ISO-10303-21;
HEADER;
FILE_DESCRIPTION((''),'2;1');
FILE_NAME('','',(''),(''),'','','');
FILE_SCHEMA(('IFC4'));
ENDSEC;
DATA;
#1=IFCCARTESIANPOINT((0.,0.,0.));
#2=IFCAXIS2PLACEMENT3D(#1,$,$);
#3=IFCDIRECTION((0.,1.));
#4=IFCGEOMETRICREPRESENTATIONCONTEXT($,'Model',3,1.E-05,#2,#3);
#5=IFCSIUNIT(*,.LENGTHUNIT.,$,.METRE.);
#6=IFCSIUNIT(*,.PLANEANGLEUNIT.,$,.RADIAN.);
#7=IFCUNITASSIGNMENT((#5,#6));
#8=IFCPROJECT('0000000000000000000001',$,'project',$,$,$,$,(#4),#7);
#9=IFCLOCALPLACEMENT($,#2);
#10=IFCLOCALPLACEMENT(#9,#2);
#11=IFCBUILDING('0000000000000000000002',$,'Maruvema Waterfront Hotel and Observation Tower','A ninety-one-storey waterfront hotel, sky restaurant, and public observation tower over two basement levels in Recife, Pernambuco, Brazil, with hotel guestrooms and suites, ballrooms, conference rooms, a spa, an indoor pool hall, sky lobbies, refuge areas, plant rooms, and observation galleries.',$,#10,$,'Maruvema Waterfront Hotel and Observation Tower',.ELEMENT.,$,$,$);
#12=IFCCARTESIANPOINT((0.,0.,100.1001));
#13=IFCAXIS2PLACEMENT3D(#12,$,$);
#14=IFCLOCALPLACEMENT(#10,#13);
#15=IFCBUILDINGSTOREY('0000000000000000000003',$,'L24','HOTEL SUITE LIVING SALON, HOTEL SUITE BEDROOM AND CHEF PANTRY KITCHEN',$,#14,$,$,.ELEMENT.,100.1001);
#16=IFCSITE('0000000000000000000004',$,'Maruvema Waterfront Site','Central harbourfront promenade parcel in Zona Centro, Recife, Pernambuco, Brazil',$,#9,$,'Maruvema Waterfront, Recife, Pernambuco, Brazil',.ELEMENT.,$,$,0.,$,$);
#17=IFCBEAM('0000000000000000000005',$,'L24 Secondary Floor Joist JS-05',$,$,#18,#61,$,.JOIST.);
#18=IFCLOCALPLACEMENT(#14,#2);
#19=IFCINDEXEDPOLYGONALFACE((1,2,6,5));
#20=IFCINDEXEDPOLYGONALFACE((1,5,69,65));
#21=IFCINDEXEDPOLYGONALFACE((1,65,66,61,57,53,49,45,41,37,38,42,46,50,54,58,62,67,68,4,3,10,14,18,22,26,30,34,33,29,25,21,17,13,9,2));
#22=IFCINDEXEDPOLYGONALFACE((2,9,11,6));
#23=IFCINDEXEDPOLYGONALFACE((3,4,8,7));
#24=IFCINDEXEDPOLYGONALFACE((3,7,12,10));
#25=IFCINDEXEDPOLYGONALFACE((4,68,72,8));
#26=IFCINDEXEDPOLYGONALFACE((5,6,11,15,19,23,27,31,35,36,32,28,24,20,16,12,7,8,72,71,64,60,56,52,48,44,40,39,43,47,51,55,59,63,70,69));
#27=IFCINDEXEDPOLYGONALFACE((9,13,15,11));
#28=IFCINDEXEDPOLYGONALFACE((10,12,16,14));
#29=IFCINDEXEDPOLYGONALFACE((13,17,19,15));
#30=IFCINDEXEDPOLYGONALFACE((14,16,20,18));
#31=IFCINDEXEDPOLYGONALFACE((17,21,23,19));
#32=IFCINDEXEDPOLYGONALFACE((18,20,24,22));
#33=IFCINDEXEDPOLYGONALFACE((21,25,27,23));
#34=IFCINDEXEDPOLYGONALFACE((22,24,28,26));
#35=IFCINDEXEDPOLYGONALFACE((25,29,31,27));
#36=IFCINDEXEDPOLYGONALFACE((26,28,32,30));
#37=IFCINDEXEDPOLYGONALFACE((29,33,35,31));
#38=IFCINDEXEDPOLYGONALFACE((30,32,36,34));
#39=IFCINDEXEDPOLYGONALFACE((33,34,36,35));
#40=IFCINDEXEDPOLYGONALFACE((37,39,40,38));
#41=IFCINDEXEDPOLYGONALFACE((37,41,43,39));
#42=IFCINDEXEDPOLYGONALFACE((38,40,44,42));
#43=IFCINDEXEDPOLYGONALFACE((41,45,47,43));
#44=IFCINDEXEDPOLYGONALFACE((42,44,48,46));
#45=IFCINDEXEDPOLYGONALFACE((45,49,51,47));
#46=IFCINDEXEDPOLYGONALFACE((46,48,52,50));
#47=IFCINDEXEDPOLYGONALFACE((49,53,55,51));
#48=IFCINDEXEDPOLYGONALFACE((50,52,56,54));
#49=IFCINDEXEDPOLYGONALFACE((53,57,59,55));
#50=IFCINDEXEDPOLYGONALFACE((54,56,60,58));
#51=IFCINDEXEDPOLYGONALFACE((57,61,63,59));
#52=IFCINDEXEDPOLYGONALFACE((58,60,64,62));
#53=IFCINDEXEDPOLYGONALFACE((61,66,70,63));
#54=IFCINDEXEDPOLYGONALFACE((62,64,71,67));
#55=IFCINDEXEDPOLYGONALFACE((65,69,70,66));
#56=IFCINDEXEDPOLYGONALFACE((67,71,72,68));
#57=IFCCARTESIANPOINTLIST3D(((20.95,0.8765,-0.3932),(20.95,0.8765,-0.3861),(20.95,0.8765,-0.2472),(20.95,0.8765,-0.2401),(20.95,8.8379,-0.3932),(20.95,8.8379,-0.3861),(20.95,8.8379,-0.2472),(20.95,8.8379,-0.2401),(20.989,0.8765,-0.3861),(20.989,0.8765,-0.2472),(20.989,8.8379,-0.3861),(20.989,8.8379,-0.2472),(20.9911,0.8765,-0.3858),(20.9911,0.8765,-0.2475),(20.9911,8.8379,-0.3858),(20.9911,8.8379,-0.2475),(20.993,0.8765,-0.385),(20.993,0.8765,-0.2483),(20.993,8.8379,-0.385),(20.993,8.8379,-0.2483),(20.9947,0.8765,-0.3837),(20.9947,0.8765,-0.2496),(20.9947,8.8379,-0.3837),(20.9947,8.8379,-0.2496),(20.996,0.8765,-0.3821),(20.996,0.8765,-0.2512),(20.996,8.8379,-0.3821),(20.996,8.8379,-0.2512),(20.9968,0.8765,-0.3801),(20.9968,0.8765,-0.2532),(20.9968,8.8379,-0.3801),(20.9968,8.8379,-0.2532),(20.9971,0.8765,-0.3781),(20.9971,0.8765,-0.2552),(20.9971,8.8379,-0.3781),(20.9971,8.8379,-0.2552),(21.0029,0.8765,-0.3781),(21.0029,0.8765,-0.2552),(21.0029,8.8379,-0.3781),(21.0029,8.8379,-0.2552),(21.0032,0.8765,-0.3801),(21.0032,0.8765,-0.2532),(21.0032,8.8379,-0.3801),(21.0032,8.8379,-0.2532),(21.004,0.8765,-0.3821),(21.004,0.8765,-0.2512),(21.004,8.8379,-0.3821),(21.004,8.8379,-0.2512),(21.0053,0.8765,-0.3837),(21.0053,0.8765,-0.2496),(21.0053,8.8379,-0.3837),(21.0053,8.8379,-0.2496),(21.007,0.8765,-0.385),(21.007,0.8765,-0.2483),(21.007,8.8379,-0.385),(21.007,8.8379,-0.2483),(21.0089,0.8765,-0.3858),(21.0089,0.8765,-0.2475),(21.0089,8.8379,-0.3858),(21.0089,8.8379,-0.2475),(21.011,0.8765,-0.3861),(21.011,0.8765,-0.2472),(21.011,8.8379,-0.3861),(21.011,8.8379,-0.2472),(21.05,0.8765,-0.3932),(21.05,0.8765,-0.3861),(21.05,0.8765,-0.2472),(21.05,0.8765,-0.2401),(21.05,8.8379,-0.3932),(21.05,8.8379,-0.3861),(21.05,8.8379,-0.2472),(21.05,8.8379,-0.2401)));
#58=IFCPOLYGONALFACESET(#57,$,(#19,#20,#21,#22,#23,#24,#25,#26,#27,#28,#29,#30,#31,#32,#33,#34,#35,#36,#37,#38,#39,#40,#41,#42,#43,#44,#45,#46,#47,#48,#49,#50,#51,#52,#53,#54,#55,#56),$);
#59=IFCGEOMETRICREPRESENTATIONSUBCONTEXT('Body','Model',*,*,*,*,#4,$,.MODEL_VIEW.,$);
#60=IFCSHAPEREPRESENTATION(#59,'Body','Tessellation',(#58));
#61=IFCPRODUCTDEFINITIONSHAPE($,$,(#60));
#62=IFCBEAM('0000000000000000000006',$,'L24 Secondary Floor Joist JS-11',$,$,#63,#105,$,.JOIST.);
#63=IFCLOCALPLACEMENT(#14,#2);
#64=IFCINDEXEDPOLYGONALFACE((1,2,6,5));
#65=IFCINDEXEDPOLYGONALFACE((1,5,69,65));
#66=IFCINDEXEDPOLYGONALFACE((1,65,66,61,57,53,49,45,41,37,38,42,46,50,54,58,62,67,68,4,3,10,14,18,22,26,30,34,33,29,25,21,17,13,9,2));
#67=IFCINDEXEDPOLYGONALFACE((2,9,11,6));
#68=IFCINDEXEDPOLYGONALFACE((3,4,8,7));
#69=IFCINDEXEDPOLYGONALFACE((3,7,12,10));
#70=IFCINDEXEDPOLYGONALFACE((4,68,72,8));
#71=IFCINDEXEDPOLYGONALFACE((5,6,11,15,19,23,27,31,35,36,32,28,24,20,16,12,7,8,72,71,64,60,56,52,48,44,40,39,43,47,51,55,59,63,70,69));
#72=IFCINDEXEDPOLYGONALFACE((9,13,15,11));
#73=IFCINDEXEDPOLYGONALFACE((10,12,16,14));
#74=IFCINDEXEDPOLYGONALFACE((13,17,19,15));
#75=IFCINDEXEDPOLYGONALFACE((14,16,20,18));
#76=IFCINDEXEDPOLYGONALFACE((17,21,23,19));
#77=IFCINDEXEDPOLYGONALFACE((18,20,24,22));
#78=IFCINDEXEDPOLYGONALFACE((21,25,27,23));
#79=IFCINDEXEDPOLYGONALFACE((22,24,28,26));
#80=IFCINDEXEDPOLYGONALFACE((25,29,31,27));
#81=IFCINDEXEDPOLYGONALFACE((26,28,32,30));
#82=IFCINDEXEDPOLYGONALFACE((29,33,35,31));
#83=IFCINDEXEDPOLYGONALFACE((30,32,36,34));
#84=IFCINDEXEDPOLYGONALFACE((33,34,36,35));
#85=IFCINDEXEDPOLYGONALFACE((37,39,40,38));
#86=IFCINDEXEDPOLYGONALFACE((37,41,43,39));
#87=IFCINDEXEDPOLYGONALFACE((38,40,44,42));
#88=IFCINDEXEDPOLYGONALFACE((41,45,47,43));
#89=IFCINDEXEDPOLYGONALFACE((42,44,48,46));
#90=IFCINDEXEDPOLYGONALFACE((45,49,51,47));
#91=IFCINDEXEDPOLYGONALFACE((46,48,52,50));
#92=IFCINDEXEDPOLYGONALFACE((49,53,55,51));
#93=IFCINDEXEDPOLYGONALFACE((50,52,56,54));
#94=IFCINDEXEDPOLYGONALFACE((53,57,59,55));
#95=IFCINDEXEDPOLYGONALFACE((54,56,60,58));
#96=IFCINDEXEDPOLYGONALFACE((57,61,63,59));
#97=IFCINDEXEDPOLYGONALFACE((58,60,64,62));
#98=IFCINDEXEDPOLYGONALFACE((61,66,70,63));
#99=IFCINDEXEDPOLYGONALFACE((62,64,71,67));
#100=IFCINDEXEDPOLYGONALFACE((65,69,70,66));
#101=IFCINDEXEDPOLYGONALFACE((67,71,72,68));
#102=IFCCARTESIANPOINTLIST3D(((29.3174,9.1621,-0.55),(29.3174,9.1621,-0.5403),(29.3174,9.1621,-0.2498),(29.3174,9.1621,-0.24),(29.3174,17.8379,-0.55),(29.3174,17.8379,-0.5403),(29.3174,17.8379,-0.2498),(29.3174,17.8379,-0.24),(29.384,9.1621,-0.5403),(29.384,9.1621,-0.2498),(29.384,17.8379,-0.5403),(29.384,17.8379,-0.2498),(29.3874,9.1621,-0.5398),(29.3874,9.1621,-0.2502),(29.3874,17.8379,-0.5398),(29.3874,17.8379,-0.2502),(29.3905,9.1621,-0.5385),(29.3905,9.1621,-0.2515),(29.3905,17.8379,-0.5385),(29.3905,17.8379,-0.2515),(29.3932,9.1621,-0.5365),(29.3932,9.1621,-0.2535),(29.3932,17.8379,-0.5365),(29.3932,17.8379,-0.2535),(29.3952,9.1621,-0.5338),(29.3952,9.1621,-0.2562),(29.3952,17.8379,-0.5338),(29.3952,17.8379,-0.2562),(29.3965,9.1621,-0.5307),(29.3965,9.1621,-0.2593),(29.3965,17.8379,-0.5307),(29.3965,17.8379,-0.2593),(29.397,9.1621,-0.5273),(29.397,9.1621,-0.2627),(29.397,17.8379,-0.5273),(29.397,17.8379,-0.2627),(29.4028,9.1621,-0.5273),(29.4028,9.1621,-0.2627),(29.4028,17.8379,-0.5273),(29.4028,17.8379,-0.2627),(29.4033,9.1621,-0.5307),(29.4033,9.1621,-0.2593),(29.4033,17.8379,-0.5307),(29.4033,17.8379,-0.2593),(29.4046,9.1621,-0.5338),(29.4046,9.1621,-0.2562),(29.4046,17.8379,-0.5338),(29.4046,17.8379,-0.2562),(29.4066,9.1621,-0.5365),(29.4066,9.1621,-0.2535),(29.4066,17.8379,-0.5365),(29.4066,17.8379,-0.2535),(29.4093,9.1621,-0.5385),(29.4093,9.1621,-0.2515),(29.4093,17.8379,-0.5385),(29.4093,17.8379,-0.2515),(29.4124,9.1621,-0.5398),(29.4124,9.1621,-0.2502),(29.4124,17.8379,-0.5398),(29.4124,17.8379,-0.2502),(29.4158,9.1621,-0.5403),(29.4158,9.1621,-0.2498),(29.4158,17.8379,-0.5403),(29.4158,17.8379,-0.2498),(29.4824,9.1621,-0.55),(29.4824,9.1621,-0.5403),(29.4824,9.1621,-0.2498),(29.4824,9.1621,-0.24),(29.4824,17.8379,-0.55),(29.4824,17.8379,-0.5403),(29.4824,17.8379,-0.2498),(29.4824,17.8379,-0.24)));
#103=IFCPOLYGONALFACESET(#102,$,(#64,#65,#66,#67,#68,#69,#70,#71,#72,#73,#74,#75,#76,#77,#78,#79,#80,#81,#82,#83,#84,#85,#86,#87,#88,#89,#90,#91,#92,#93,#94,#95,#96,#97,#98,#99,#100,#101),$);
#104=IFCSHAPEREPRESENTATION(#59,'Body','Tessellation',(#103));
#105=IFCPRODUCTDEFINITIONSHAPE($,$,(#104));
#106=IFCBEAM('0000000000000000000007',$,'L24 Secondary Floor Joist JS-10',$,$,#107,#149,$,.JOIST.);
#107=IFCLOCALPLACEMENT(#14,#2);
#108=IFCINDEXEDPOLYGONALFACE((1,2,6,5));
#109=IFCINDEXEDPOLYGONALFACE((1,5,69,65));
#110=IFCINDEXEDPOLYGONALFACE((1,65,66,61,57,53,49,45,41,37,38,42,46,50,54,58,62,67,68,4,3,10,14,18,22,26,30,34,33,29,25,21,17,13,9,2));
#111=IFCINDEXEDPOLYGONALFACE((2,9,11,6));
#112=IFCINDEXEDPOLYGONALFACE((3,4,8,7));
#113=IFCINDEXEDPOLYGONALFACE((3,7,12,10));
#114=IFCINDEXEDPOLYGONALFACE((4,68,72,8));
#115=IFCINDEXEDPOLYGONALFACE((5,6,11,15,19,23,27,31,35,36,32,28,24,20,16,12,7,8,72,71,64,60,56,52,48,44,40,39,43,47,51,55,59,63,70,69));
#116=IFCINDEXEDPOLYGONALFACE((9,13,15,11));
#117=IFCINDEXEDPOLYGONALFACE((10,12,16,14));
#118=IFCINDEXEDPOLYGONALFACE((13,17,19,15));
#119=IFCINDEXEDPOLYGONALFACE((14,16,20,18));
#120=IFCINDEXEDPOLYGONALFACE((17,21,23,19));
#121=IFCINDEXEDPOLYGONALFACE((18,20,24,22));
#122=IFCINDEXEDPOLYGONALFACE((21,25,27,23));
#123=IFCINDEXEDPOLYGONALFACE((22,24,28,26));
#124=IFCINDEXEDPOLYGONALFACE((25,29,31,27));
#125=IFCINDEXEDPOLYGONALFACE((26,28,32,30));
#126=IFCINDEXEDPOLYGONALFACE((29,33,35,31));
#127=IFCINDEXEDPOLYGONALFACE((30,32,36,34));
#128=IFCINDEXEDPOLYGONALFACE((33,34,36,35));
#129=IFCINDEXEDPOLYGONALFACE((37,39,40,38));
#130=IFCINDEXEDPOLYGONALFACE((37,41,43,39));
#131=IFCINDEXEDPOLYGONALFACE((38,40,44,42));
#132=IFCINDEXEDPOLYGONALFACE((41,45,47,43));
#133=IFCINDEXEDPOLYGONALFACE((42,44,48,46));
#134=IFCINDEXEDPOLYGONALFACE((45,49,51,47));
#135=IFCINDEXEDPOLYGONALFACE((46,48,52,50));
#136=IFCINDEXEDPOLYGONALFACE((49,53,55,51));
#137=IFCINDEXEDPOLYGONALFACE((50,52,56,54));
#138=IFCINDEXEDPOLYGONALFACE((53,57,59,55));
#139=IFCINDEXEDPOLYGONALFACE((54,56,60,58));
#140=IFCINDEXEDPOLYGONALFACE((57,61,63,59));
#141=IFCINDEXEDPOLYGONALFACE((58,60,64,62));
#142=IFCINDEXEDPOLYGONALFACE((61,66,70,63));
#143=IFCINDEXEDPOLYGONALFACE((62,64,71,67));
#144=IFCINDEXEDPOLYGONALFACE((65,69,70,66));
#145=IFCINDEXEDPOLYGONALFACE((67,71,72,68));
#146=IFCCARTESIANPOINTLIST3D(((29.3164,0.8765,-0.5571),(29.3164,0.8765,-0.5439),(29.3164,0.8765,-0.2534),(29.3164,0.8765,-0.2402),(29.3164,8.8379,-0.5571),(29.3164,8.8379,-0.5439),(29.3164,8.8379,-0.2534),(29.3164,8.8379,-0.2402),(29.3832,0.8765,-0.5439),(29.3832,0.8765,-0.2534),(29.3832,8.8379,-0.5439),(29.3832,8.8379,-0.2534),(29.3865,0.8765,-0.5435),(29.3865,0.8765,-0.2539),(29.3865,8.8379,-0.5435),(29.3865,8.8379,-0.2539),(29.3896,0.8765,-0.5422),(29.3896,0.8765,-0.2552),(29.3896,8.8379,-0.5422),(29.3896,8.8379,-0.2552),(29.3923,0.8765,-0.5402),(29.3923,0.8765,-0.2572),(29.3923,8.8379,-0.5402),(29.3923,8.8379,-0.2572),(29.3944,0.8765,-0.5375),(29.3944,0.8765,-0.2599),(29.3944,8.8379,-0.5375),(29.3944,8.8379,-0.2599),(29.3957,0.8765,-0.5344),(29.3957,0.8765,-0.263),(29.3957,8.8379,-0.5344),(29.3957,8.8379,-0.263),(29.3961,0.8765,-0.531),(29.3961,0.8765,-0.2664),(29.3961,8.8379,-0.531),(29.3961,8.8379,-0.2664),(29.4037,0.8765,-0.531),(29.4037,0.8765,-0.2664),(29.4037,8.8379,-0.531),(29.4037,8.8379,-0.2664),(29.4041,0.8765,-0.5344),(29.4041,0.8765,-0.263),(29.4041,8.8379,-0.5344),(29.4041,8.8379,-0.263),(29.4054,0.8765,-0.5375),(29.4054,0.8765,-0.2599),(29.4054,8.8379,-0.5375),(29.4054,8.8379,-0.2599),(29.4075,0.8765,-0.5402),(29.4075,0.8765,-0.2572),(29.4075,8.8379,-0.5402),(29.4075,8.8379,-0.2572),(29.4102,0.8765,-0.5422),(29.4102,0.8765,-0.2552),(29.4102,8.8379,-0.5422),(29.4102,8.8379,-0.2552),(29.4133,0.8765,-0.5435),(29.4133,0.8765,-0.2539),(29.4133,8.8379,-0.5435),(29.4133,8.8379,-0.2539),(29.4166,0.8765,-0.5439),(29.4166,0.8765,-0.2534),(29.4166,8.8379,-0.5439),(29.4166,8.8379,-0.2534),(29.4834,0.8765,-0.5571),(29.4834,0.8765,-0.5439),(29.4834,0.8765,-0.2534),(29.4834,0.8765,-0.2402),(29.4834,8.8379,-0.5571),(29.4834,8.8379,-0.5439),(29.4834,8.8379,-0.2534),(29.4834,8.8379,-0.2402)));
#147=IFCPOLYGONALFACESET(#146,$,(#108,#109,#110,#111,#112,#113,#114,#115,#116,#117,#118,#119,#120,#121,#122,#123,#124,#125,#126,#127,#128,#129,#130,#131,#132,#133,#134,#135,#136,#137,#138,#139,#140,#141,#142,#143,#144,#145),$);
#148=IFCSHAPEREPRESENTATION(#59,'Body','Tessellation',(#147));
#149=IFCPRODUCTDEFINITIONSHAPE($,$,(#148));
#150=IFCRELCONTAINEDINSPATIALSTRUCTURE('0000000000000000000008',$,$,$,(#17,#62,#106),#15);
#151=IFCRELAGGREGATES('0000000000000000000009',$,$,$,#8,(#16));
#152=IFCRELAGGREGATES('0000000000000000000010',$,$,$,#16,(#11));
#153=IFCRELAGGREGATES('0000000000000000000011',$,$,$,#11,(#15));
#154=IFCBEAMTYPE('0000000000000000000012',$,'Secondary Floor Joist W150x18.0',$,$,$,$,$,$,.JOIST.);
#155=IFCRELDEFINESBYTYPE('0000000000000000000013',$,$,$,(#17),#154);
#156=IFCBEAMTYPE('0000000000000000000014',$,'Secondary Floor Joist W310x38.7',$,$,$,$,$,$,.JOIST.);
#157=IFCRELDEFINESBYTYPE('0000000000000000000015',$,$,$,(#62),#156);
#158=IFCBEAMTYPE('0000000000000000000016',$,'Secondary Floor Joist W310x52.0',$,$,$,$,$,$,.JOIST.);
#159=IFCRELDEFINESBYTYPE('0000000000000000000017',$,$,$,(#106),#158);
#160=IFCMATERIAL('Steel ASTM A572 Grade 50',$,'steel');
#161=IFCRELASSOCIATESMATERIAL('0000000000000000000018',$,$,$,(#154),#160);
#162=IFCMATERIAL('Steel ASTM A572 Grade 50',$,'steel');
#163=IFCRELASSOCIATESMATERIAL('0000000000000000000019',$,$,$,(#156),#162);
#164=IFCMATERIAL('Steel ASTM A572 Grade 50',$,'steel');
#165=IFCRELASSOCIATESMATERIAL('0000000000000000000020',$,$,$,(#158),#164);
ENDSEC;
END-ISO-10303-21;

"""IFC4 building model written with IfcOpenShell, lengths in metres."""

from ifc_helpers import new_model, si_unit, direction, frame, origin, origin_2d, place, context, subcontext, project, spatial, i_section, extrude, material, material_profile, profile_set, type_object, element, save


model = new_model("IFC4")

# Units and contexts
model_context = context("Model", 3, precision=1e-05, world=origin(), true_north=direction((0.0, 1.0)))
body_context = subcontext(model_context, "Body", "Model", "MODEL_VIEW")
ifc_project = project(units=[si_unit("LENGTHUNIT", "METRE"), si_unit("PLANEANGLEUNIT", "RADIAN")], contexts=[model_context])

# Site, building, storey
site_placement = place(None, origin())
site = spatial("IfcSite", under=ifc_project, at=site_placement, Name="Maruvema Waterfront Site", Description="Central harbourfront promenade parcel in Zona Centro, Recife, Pernambuco, Brazil", LongName="Maruvema Waterfront, Recife, Pernambuco, Brazil", CompositionType="ELEMENT", RefElevation=0.0)
building_placement = place(site_placement, origin())
building = spatial("IfcBuilding", under=site, at=building_placement, Name="Maruvema Waterfront Hotel and Observation Tower", Description="A ninety-one-storey waterfront hotel, sky restaurant, and public observation tower over two basement levels in Recife, Pernambuco, Brazil, with hotel guestrooms and suites, ballrooms, conference rooms, a spa, an indoor pool hall, sky lobbies, refuge areas, plant rooms, and observation galleries.", LongName="Maruvema Waterfront Hotel and Observation Tower", CompositionType="ELEMENT")
storey_placement = place(building_placement, frame((0.0, 0.0, 100.1001)))
storey = spatial("IfcBuildingStorey", under=building, at=storey_placement, Name="L24", Description="HOTEL SUITE LIVING SALON, HOTEL SUITE BEDROOM AND CHEF PANTRY KITCHEN", CompositionType="ELEMENT", Elevation=100.1001)

# Beams
ifc_material_1 = material(Name="Steel ASTM A572 Grade 50", Category="steel")
ifc_material_profile_1 = material_profile(ifc_material_1, i_section(OverallWidth=0.1001, OverallDepth=0.1531, WebThickness=0.0059, FlangeThickness=0.0071, FilletRadius=0.0081, at=origin_2d()), Name="W150x18.0")
ifc_profile_set_1 = profile_set([ifc_material_profile_1], Name="Steel ASTM A572 Grade 50")
beam_type_1 = type_object("IfcBeamType", Name="Secondary Floor Joist W150x18.0", PredefinedType="JOIST", material=ifc_profile_set_1)
beam_1_placement = place(storey_placement, frame((21.0, 0.8765, -0.3167), z_axis=(0.0, 1.0, 0.0), x_axis=(-1.0, 0.0, 0.0)))
element("IfcBeam", 1, at=beam_1_placement, inside=storey, type_object=beam_type_1, Name="L24 Secondary Floor Joist JS-05", PredefinedType="JOIST", context=body_context, shape_type="SweptSolid", body=[
    extrude(i_section(OverallWidth=0.1001, OverallDepth=0.1531, WebThickness=0.0059, FlangeThickness=0.0071, FilletRadius=0.0081, at=origin_2d()), origin(), (0.0, 0.0, 1.0), 7.9614),
])
ifc_material_2 = material(Name="Steel ASTM A572 Grade 50", Category="steel")
ifc_material_profile_2 = material_profile(ifc_material_2, i_section(OverallWidth=0.165, OverallDepth=0.3101, WebThickness=0.0059, FlangeThickness=0.0098, FilletRadius=0.0129, at=origin_2d()), Name="W310x38.7")
ifc_profile_set_2 = profile_set([ifc_material_profile_2], Name="Steel ASTM A572 Grade 50")
beam_type_2 = type_object("IfcBeamType", Name="Secondary Floor Joist W310x38.7", PredefinedType="JOIST", material=ifc_profile_set_2)
beam_2_placement = place(storey_placement, frame((29.3999, 9.1621, -0.395), z_axis=(0.0, 1.0, 0.0), x_axis=(-1.0, 0.0, 0.0)))
element("IfcBeam", 2, at=beam_2_placement, inside=storey, type_object=beam_type_2, Name="L24 Secondary Floor Joist JS-11", PredefinedType="JOIST", context=body_context, shape_type="SweptSolid", body=[
    extrude(i_section(OverallWidth=0.165, OverallDepth=0.3101, WebThickness=0.0059, FlangeThickness=0.0098, FilletRadius=0.0129, at=origin_2d()), origin(), (0.0, 0.0, 1.0), 8.6758),
])
ifc_material_3 = material(Name="Steel ASTM A572 Grade 50", Category="steel")
ifc_material_profile_3 = material_profile(ifc_material_3, i_section(OverallWidth=0.167, OverallDepth=0.3169, WebThickness=0.0076, FlangeThickness=0.0132, FilletRadius=0.0129, at=origin_2d()), Name="W310x52.0")
ifc_profile_set_3 = profile_set([ifc_material_profile_3], Name="Steel ASTM A572 Grade 50")
beam_type_3 = type_object("IfcBeamType", Name="Secondary Floor Joist W310x52.0", PredefinedType="JOIST", material=ifc_profile_set_3)
beam_3_placement = place(storey_placement, frame((29.3999, 0.8765, -0.3987), z_axis=(0.0, 1.0, 0.0), x_axis=(-1.0, 0.0, 0.0)))
element("IfcBeam", 3, at=beam_3_placement, inside=storey, type_object=beam_type_3, Name="L24 Secondary Floor Joist JS-10", PredefinedType="JOIST", context=body_context, shape_type="SweptSolid", body=[
    extrude(i_section(OverallWidth=0.167, OverallDepth=0.3169, WebThickness=0.0076, FlangeThickness=0.0132, FilletRadius=0.0129, at=origin_2d()), origin(), (0.0, 0.0, 1.0), 7.9614),
])

save(model, "model.ifc")
